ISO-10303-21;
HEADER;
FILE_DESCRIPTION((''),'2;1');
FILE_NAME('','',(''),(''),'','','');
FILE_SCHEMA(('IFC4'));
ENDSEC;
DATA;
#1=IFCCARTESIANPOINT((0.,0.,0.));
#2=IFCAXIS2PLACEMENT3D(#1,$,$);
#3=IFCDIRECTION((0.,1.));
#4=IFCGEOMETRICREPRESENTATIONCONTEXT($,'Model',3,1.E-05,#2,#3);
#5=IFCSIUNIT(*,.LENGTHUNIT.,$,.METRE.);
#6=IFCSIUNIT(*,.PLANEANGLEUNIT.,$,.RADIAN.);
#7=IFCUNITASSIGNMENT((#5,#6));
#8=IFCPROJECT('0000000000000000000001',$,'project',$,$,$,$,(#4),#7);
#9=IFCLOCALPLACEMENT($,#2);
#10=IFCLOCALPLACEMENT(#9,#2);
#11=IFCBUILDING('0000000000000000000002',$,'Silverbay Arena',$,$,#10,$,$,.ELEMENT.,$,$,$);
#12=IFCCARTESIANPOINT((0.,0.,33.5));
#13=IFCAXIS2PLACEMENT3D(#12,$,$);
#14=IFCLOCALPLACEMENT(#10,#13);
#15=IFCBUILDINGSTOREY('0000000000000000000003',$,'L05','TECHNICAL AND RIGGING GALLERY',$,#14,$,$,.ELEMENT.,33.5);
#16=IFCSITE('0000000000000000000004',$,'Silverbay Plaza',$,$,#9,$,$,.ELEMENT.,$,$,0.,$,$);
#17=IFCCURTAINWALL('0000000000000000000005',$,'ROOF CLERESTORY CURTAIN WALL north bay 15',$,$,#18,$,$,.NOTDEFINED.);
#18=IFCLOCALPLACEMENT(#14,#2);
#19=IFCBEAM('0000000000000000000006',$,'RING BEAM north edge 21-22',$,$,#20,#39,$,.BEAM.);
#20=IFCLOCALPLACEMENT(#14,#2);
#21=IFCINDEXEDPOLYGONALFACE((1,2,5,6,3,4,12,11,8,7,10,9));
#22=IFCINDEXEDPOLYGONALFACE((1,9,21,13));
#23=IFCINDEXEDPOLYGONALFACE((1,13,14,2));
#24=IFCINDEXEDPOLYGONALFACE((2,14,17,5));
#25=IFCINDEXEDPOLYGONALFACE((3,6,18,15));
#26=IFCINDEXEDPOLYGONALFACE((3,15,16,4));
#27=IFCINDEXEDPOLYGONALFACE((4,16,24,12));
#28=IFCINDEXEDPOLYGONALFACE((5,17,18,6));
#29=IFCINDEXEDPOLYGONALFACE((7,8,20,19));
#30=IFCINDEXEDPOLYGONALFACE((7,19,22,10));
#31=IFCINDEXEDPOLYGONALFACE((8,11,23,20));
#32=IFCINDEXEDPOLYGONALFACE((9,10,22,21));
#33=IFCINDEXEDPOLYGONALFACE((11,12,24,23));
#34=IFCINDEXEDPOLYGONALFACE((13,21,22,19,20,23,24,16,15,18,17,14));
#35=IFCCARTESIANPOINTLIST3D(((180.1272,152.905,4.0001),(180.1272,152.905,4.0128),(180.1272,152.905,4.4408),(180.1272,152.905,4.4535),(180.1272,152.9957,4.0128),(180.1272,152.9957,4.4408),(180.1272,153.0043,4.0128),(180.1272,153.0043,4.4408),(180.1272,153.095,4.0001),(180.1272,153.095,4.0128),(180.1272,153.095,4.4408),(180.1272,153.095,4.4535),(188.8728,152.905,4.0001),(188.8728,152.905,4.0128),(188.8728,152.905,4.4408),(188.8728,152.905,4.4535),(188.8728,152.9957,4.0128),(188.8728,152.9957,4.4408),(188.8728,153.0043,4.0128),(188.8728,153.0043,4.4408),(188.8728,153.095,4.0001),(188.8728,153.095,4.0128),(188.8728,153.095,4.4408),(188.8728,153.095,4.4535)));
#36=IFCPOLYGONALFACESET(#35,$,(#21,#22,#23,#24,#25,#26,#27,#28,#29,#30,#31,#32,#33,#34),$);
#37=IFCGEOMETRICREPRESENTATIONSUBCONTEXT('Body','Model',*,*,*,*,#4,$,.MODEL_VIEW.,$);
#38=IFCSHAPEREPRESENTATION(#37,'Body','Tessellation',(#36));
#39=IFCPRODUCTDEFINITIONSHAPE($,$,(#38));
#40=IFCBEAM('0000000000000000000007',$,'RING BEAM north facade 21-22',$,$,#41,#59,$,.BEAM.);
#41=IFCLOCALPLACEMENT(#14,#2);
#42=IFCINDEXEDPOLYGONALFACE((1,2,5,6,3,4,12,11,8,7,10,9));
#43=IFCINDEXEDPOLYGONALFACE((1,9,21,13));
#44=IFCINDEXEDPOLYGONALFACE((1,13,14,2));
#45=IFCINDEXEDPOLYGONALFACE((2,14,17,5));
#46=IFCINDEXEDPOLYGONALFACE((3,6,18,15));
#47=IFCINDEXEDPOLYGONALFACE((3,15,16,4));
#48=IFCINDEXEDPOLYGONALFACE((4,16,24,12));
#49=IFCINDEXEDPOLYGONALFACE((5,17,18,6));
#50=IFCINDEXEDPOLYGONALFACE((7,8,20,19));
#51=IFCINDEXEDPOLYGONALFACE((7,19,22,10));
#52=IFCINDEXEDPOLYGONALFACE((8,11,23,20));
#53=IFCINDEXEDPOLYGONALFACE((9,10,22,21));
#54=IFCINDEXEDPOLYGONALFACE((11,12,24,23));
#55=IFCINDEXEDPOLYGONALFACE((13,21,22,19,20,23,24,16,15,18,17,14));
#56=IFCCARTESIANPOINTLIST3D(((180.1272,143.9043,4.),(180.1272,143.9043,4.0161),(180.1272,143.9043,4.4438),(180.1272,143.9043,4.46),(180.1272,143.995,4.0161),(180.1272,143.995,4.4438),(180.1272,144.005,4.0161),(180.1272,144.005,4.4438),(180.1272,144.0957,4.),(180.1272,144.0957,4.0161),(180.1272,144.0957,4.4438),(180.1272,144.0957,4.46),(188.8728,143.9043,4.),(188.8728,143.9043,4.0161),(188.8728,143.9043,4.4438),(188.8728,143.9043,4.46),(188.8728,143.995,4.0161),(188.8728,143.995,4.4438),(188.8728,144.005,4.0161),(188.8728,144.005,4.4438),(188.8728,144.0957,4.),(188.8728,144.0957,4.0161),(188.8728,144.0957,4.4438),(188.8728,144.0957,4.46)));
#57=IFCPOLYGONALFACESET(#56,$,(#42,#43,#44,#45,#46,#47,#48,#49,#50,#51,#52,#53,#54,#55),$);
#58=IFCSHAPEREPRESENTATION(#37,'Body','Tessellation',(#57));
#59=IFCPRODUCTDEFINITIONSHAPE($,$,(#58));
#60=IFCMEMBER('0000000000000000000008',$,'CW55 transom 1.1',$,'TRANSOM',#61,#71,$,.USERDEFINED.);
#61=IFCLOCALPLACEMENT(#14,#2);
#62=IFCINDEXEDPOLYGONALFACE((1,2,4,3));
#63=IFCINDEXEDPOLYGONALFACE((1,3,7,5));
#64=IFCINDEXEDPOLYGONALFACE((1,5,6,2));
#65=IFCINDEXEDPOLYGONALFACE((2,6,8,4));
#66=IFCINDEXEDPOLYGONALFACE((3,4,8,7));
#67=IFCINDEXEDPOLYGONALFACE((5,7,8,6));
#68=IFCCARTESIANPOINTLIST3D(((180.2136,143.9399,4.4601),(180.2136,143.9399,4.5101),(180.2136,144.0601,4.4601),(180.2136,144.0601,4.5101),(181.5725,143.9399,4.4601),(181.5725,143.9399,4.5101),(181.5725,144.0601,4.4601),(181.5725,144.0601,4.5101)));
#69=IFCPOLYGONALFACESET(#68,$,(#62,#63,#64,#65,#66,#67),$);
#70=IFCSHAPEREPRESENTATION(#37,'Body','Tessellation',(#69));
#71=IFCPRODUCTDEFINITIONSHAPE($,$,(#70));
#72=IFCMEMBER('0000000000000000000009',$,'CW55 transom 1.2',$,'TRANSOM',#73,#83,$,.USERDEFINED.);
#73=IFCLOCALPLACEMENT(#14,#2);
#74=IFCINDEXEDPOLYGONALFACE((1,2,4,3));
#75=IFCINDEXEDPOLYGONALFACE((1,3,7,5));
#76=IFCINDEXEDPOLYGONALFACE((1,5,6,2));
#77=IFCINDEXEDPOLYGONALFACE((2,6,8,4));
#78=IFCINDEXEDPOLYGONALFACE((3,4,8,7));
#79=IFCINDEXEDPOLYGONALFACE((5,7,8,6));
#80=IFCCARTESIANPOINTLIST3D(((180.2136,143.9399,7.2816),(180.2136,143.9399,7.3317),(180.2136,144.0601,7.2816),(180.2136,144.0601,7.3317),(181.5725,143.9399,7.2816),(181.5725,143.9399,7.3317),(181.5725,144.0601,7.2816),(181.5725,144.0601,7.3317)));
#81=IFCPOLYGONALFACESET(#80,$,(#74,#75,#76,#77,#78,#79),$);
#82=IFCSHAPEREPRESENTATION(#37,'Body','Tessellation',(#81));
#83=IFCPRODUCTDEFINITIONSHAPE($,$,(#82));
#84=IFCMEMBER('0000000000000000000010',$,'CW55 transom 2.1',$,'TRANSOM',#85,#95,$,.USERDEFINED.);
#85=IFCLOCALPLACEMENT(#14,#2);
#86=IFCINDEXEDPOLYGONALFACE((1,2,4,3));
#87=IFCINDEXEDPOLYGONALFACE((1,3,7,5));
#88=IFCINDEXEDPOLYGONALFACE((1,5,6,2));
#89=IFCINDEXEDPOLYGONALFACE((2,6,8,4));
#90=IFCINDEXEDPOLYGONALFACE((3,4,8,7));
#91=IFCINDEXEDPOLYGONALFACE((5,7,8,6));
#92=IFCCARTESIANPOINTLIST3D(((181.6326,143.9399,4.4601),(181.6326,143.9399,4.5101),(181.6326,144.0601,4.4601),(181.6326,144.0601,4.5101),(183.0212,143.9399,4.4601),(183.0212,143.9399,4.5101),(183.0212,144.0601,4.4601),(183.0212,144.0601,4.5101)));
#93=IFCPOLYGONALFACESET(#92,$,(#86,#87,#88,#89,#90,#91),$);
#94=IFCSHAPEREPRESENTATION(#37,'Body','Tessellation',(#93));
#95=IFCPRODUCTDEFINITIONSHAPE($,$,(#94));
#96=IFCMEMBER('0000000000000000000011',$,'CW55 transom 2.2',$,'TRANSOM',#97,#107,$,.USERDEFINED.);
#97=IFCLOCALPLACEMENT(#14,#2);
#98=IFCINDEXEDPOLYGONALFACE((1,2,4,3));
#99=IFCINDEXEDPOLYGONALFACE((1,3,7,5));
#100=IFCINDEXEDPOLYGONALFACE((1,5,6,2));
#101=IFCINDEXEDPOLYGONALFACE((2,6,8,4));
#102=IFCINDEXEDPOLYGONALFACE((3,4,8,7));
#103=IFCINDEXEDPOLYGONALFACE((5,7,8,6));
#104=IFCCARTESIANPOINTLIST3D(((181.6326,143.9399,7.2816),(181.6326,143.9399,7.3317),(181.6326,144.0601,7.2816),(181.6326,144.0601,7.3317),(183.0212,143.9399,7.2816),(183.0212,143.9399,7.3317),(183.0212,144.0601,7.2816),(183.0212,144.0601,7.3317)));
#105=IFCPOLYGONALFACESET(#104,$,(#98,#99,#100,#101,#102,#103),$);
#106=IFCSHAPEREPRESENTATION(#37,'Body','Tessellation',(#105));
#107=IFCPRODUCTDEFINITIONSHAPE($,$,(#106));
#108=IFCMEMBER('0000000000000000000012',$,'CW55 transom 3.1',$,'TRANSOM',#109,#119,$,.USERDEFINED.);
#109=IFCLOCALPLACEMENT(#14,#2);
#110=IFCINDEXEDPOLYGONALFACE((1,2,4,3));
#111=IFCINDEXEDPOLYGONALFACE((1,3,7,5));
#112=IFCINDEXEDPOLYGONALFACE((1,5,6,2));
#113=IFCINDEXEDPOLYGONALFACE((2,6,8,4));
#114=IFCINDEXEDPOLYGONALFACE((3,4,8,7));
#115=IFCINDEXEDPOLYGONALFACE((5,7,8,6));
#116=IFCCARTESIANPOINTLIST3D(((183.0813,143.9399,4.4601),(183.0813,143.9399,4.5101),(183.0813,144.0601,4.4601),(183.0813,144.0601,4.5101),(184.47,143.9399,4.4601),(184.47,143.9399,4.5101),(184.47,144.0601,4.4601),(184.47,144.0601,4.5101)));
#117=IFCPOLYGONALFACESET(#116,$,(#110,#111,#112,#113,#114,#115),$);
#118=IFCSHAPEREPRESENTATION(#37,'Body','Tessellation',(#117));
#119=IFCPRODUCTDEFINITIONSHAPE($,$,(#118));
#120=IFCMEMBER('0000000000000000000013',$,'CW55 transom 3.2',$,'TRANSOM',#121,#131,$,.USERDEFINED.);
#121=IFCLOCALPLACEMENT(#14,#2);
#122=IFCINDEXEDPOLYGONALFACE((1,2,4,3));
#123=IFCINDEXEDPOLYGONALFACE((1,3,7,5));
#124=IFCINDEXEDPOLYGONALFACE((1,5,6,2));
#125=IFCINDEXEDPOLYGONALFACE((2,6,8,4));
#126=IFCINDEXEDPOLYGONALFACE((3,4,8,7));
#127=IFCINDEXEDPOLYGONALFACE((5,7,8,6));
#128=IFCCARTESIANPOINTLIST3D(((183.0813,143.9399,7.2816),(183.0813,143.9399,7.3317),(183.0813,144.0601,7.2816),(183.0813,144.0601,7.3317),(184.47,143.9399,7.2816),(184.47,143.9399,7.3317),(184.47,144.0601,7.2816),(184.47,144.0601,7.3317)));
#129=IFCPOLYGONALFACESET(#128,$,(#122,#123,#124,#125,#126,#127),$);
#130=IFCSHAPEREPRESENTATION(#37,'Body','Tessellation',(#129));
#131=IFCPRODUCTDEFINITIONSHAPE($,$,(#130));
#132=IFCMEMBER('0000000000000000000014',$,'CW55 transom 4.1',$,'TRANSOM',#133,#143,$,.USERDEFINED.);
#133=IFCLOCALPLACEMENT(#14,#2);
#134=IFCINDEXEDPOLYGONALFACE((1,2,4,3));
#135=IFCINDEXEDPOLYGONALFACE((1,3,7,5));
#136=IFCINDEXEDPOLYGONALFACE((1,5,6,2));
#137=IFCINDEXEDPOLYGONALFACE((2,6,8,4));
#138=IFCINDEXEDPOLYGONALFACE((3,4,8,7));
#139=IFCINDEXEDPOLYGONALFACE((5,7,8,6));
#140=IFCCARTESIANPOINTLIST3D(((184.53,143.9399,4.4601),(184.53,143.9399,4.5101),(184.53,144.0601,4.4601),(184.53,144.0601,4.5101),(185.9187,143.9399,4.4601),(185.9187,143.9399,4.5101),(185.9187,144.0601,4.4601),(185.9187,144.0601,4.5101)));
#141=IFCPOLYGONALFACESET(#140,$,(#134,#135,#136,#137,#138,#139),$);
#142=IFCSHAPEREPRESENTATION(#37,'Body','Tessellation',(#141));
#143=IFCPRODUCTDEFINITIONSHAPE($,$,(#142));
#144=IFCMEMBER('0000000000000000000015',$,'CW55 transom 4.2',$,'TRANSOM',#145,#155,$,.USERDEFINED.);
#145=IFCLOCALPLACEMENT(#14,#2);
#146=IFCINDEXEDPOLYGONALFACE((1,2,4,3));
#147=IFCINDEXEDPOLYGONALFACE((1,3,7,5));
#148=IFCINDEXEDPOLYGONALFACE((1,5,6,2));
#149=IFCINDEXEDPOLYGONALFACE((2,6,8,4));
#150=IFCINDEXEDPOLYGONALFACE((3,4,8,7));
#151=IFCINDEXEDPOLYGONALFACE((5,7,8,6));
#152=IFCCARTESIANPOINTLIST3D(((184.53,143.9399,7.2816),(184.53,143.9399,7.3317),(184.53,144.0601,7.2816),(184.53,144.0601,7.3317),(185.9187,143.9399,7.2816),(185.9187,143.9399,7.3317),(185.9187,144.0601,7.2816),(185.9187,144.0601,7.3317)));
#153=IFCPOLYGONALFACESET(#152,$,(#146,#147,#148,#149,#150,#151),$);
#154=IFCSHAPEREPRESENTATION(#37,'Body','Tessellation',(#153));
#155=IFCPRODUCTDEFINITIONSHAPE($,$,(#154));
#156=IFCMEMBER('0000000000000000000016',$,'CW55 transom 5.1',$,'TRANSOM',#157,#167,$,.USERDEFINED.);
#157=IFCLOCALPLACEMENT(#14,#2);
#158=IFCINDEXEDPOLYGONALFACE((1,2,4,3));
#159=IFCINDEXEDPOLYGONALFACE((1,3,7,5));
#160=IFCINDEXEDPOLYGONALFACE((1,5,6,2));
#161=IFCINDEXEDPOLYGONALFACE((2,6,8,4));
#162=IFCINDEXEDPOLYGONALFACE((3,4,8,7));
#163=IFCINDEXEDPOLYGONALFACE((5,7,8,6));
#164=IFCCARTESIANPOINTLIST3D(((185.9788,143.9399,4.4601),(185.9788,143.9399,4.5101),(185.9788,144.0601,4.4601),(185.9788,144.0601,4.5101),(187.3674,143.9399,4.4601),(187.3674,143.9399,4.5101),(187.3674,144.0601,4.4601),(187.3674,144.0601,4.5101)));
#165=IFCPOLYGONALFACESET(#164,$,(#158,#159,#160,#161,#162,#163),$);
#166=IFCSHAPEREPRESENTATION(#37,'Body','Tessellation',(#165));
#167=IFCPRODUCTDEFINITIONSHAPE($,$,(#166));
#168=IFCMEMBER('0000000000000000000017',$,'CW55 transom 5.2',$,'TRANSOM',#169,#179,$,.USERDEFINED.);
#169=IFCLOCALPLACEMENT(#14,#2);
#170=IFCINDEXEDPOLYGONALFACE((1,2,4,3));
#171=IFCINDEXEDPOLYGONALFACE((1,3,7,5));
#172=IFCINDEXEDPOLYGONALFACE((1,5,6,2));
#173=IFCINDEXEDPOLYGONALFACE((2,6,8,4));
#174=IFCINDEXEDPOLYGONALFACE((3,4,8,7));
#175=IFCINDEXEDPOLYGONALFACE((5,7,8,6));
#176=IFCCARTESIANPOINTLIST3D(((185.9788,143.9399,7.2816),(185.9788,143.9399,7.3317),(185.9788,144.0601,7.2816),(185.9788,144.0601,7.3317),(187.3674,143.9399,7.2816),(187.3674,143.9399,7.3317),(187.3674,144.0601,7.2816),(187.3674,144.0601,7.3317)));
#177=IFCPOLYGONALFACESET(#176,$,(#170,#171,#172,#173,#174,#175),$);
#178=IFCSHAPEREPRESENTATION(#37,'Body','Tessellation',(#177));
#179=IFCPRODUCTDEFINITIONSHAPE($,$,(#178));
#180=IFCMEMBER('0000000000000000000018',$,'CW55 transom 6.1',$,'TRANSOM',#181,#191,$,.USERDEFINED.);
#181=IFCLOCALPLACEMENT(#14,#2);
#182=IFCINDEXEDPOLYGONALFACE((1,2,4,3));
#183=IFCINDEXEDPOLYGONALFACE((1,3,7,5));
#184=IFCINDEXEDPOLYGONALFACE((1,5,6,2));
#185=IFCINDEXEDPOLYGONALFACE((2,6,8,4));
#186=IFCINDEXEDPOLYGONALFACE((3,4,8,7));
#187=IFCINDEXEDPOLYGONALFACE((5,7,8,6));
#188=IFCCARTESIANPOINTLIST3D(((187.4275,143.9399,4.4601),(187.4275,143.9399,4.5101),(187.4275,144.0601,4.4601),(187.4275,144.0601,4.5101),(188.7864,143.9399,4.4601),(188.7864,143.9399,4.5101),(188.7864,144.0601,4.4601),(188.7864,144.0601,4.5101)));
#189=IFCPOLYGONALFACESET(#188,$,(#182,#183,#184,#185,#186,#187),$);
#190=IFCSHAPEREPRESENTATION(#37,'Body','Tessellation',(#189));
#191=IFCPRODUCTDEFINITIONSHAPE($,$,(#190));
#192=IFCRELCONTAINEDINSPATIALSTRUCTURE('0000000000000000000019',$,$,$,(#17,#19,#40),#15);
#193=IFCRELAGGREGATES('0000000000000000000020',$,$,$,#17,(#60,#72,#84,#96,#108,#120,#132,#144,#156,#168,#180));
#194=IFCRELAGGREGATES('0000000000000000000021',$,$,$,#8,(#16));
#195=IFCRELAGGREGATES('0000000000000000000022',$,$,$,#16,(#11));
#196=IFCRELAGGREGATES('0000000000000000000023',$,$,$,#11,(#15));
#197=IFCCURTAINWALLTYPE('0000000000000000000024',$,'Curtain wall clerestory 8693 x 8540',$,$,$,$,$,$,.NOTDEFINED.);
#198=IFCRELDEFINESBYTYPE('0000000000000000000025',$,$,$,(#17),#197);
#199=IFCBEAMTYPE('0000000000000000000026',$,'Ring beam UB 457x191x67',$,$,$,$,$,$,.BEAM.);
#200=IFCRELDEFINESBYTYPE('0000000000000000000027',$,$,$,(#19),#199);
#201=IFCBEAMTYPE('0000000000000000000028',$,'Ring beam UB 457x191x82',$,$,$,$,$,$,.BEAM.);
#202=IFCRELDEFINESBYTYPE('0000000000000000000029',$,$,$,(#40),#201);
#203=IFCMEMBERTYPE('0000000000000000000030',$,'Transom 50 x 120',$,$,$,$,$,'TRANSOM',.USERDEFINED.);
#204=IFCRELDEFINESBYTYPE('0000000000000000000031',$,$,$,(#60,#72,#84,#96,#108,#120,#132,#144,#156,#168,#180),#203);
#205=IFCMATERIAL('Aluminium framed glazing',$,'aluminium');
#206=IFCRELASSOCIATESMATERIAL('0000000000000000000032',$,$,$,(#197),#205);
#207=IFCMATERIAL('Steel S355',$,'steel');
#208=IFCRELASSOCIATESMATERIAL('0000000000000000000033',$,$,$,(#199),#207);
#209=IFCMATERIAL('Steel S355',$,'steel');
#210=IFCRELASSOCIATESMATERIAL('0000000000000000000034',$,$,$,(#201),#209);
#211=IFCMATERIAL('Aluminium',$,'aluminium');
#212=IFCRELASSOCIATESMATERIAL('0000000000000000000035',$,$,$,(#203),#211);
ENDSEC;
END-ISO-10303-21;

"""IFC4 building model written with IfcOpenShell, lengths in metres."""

from ifc_helpers import new_model, si_unit, direction, frame, origin, origin_2d, place, context, subcontext, project, spatial, rectangle, i_section, extrude, material, material_profile, profile_set, type_object, element, aggregate, save


model = new_model("IFC4")

# Units and contexts
model_context = context("Model", 3, precision=1e-05, world=origin(), true_north=direction((0.0, 1.0)))
body_context = subcontext(model_context, "Body", "Model", "MODEL_VIEW")
ifc_project = project(units=[si_unit("LENGTHUNIT", "METRE"), si_unit("PLANEANGLEUNIT", "RADIAN")], contexts=[model_context])

# Site, building, storey
site_placement = place(None, origin())
site = spatial("IfcSite", under=ifc_project, at=site_placement, Name="Silverbay Plaza", CompositionType="ELEMENT", RefElevation=0.0)
building_placement = place(site_placement, origin())
building = spatial("IfcBuilding", under=site, at=building_placement, Name="Silverbay Arena", CompositionType="ELEMENT")
storey_placement = place(building_placement, frame((0.0, 0.0, 33.5)))
storey = spatial("IfcBuildingStorey", under=building, at=storey_placement, Name="L05", Description="TECHNICAL AND RIGGING GALLERY", CompositionType="ELEMENT", Elevation=33.5)

# Curtain wall
ifc_material_1 = material(Name="Aluminium framed glazing", Category="aluminium")
curtain_wall_type = type_object("IfcCurtainWallType", Name="Curtain wall clerestory 8693 x 8540", PredefinedType="NOTDEFINED", material=ifc_material_1)
curtain_wall_placement = place(storey_placement, origin())
curtain_wall = element("IfcCurtainWall", 1, at=curtain_wall_placement, inside=storey, type_object=curtain_wall_type, Name="ROOF CLERESTORY CURTAIN WALL north bay 15", PredefinedType="NOTDEFINED")

# Beams
ifc_material_2 = material(Name="Steel S355", Category="steel")
ifc_material_profile_1 = material_profile(ifc_material_2, i_section(OverallWidth=0.1899, OverallDepth=0.4534, WebThickness=0.0085, FlangeThickness=0.0127, at=origin_2d()), Name="UB 457x191x67")
ifc_profile_set_1 = profile_set([ifc_material_profile_1], Name="Steel S355")
beam_type_1 = type_object("IfcBeamType", Name="Ring beam UB 457x191x67", PredefinedType="BEAM", material=ifc_profile_set_1)
beam_1_placement = place(storey_placement, frame((180.1272, 153.0, 4.2268), z_axis=(1.0, 0.0, 0.0), x_axis=(0.0, 1.0, 0.0)))
element("IfcBeam", 2, at=beam_1_placement, inside=storey, type_object=beam_type_1, Name="RING BEAM north edge 21-22", PredefinedType="BEAM", context=body_context, shape_type="SweptSolid", body=[
    extrude(i_section(OverallWidth=0.1899, OverallDepth=0.4534, WebThickness=0.0085, FlangeThickness=0.0127, at=origin_2d()), origin(), (0.0, 0.0, 1.0), 8.7456),
])
ifc_material_3 = material(Name="Steel S355", Category="steel")
ifc_material_profile_2 = material_profile(ifc_material_3, i_section(OverallWidth=0.1914, OverallDepth=0.46, WebThickness=0.01, FlangeThickness=0.0161, at=origin_2d()), Name="UB 457x191x82")
ifc_profile_set_2 = profile_set([ifc_material_profile_2], Name="Steel S355")
beam_type_2 = type_object("IfcBeamType", Name="Ring beam UB 457x191x82", PredefinedType="BEAM", material=ifc_profile_set_2)
beam_2_placement = place(storey_placement, frame((180.1272, 144.0, 4.23), z_axis=(1.0, 0.0, 0.0), x_axis=(0.0, 1.0, 0.0)))
element("IfcBeam", 3, at=beam_2_placement, inside=storey, type_object=beam_type_2, Name="RING BEAM north facade 21-22", PredefinedType="BEAM", context=body_context, shape_type="SweptSolid", body=[
    extrude(i_section(OverallWidth=0.1914, OverallDepth=0.46, WebThickness=0.01, FlangeThickness=0.0161, at=origin_2d()), origin(), (0.0, 0.0, 1.0), 8.7456),
])

# Members
ifc_material_4 = material(Name="Aluminium", Category="aluminium")
ifc_material_profile_3 = material_profile(ifc_material_4, rectangle(XDim=0.1201, YDim=0.05, at=origin_2d()), Name="Transom 50 x 120")
ifc_profile_set_3 = profile_set([ifc_material_profile_3], Name="Aluminium")
member_type_1 = type_object("IfcMemberType", Name="Transom 50 x 120", ElementType="TRANSOM", PredefinedType="USERDEFINED", material=ifc_profile_set_3)
member_1_placement = place(storey_placement, frame((180.2136, 144.0, 4.4851), z_axis=(1.0, 0.0, 0.0), x_axis=(0.0, 1.0, 0.0)))
member_1 = element("IfcMember", 4, at=member_1_placement, type_object=member_type_1, Name="CW55 transom 1.1", ObjectType="TRANSOM", PredefinedType="USERDEFINED", context=body_context, shape_type="SweptSolid", body=[
    extrude(rectangle(XDim=0.1201, YDim=0.05, at=origin_2d()), origin(), (0.0, 0.0, 1.0), 1.3589),
])
member_2_placement = place(storey_placement, frame((180.2136, 144.0, 7.3066), z_axis=(1.0, 0.0, 0.0), x_axis=(0.0, 1.0, 0.0)))
member_2 = element("IfcMember", 5, at=member_2_placement, type_object=member_type_1, Name="CW55 transom 1.2", ObjectType="TRANSOM", PredefinedType="USERDEFINED", context=body_context, shape_type="SweptSolid", body=[
    extrude(rectangle(XDim=0.1201, YDim=0.05, at=origin_2d()), origin(), (0.0, 0.0, 1.0), 1.3589),
])
member_3_placement = place(storey_placement, frame((181.6326, 144.0, 4.4851), z_axis=(1.0, 0.0, 0.0), x_axis=(0.0, 1.0, 0.0)))
member_3 = element("IfcMember", 6, at=member_3_placement, type_object=member_type_1, Name="CW55 transom 2.1", ObjectType="TRANSOM", PredefinedType="USERDEFINED", context=body_context, shape_type="SweptSolid", body=[
    extrude(rectangle(XDim=0.1201, YDim=0.05, at=origin_2d()), origin(), (0.0, 0.0, 1.0), 1.3887),
])
member_4_placement = place(storey_placement, frame((181.6326, 144.0, 7.3066), z_axis=(1.0, 0.0, 0.0), x_axis=(0.0, 1.0, 0.0)))
member_4 = element("IfcMember", 7, at=member_4_placement, type_object=member_type_1, Name="CW55 transom 2.2", ObjectType="TRANSOM", PredefinedType="USERDEFINED", context=body_context, shape_type="SweptSolid", body=[
    extrude(rectangle(XDim=0.1201, YDim=0.05, at=origin_2d()), origin(), (0.0, 0.0, 1.0), 1.3887),
])
member_5_placement = place(storey_placement, frame((183.0813, 144.0, 4.4851), z_axis=(1.0, 0.0, 0.0), x_axis=(0.0, 1.0, 0.0)))
member_5 = element("IfcMember", 8, at=member_5_placement, type_object=member_type_1, Name="CW55 transom 3.1", ObjectType="TRANSOM", PredefinedType="USERDEFINED", context=body_context, shape_type="SweptSolid", body=[
    extrude(rectangle(XDim=0.1201, YDim=0.05, at=origin_2d()), origin(), (0.0, 0.0, 1.0), 1.3887),
])
member_6_placement = place(storey_placement, frame((183.0813, 144.0, 7.3066), z_axis=(1.0, 0.0, 0.0), x_axis=(0.0, 1.0, 0.0)))
member_6 = element("IfcMember", 9, at=member_6_placement, type_object=member_type_1, Name="CW55 transom 3.2", ObjectType="TRANSOM", PredefinedType="USERDEFINED", context=body_context, shape_type="SweptSolid", body=[
    extrude(rectangle(XDim=0.1201, YDim=0.05, at=origin_2d()), origin(), (0.0, 0.0, 1.0), 1.3887),
])
member_7_placement = place(storey_placement, frame((184.53, 144.0, 4.4851), z_axis=(1.0, 0.0, 0.0), x_axis=(0.0, 1.0, 0.0)))
member_7 = element("IfcMember", 10, at=member_7_placement, type_object=member_type_1, Name="CW55 transom 4.1", ObjectType="TRANSOM", PredefinedType="USERDEFINED", context=body_context, shape_type="SweptSolid", body=[
    extrude(rectangle(XDim=0.1201, YDim=0.05, at=origin_2d()), origin(), (0.0, 0.0, 1.0), 1.3887),
])
member_8_placement = place(storey_placement, frame((184.53, 144.0, 7.3066), z_axis=(1.0, 0.0, 0.0), x_axis=(0.0, 1.0, 0.0)))
member_8 = element("IfcMember", 11, at=member_8_placement, type_object=member_type_1, Name="CW55 transom 4.2", ObjectType="TRANSOM", PredefinedType="USERDEFINED", context=body_context, shape_type="SweptSolid", body=[
    extrude(rectangle(XDim=0.1201, YDim=0.05, at=origin_2d()), origin(), (0.0, 0.0, 1.0), 1.3887),
])
member_9_placement = place(storey_placement, frame((185.9788, 144.0, 4.4851), z_axis=(1.0, 0.0, 0.0), x_axis=(0.0, 1.0, 0.0)))
member_9 = element("IfcMember", 12, at=member_9_placement, type_object=member_type_1, Name="CW55 transom 5.1", ObjectType="TRANSOM", PredefinedType="USERDEFINED", context=body_context, shape_type="SweptSolid", body=[
    extrude(rectangle(XDim=0.1201, YDim=0.05, at=origin_2d()), origin(), (0.0, 0.0, 1.0), 1.3887),
])
member_10_placement = place(storey_placement, frame((185.9788, 144.0, 7.3066), z_axis=(1.0, 0.0, 0.0), x_axis=(0.0, 1.0, 0.0)))
member_10 = element("IfcMember", 13, at=member_10_placement, type_object=member_type_1, Name="CW55 transom 5.2", ObjectType="TRANSOM", PredefinedType="USERDEFINED", context=body_context, shape_type="SweptSolid", body=[
    extrude(rectangle(XDim=0.1201, YDim=0.05, at=origin_2d()), origin(), (0.0, 0.0, 1.0), 1.3887),
])
member_11_placement = place(storey_placement, frame((187.4275, 144.0, 4.4851), z_axis=(1.0, 0.0, 0.0), x_axis=(0.0, 1.0, 0.0)))
member_11 = element("IfcMember", 14, at=member_11_placement, type_object=member_type_1, Name="CW55 transom 6.1", ObjectType="TRANSOM", PredefinedType="USERDEFINED", context=body_context, shape_type="SweptSolid", body=[
    extrude(rectangle(XDim=0.1201, YDim=0.05, at=origin_2d()), origin(), (0.0, 0.0, 1.0), 1.3589),
])

aggregate(curtain_wall, [member_1, member_2, member_3, member_4, member_5, member_6, member_7, member_8, member_9, member_10, member_11])

save(model, "model.ifc")
